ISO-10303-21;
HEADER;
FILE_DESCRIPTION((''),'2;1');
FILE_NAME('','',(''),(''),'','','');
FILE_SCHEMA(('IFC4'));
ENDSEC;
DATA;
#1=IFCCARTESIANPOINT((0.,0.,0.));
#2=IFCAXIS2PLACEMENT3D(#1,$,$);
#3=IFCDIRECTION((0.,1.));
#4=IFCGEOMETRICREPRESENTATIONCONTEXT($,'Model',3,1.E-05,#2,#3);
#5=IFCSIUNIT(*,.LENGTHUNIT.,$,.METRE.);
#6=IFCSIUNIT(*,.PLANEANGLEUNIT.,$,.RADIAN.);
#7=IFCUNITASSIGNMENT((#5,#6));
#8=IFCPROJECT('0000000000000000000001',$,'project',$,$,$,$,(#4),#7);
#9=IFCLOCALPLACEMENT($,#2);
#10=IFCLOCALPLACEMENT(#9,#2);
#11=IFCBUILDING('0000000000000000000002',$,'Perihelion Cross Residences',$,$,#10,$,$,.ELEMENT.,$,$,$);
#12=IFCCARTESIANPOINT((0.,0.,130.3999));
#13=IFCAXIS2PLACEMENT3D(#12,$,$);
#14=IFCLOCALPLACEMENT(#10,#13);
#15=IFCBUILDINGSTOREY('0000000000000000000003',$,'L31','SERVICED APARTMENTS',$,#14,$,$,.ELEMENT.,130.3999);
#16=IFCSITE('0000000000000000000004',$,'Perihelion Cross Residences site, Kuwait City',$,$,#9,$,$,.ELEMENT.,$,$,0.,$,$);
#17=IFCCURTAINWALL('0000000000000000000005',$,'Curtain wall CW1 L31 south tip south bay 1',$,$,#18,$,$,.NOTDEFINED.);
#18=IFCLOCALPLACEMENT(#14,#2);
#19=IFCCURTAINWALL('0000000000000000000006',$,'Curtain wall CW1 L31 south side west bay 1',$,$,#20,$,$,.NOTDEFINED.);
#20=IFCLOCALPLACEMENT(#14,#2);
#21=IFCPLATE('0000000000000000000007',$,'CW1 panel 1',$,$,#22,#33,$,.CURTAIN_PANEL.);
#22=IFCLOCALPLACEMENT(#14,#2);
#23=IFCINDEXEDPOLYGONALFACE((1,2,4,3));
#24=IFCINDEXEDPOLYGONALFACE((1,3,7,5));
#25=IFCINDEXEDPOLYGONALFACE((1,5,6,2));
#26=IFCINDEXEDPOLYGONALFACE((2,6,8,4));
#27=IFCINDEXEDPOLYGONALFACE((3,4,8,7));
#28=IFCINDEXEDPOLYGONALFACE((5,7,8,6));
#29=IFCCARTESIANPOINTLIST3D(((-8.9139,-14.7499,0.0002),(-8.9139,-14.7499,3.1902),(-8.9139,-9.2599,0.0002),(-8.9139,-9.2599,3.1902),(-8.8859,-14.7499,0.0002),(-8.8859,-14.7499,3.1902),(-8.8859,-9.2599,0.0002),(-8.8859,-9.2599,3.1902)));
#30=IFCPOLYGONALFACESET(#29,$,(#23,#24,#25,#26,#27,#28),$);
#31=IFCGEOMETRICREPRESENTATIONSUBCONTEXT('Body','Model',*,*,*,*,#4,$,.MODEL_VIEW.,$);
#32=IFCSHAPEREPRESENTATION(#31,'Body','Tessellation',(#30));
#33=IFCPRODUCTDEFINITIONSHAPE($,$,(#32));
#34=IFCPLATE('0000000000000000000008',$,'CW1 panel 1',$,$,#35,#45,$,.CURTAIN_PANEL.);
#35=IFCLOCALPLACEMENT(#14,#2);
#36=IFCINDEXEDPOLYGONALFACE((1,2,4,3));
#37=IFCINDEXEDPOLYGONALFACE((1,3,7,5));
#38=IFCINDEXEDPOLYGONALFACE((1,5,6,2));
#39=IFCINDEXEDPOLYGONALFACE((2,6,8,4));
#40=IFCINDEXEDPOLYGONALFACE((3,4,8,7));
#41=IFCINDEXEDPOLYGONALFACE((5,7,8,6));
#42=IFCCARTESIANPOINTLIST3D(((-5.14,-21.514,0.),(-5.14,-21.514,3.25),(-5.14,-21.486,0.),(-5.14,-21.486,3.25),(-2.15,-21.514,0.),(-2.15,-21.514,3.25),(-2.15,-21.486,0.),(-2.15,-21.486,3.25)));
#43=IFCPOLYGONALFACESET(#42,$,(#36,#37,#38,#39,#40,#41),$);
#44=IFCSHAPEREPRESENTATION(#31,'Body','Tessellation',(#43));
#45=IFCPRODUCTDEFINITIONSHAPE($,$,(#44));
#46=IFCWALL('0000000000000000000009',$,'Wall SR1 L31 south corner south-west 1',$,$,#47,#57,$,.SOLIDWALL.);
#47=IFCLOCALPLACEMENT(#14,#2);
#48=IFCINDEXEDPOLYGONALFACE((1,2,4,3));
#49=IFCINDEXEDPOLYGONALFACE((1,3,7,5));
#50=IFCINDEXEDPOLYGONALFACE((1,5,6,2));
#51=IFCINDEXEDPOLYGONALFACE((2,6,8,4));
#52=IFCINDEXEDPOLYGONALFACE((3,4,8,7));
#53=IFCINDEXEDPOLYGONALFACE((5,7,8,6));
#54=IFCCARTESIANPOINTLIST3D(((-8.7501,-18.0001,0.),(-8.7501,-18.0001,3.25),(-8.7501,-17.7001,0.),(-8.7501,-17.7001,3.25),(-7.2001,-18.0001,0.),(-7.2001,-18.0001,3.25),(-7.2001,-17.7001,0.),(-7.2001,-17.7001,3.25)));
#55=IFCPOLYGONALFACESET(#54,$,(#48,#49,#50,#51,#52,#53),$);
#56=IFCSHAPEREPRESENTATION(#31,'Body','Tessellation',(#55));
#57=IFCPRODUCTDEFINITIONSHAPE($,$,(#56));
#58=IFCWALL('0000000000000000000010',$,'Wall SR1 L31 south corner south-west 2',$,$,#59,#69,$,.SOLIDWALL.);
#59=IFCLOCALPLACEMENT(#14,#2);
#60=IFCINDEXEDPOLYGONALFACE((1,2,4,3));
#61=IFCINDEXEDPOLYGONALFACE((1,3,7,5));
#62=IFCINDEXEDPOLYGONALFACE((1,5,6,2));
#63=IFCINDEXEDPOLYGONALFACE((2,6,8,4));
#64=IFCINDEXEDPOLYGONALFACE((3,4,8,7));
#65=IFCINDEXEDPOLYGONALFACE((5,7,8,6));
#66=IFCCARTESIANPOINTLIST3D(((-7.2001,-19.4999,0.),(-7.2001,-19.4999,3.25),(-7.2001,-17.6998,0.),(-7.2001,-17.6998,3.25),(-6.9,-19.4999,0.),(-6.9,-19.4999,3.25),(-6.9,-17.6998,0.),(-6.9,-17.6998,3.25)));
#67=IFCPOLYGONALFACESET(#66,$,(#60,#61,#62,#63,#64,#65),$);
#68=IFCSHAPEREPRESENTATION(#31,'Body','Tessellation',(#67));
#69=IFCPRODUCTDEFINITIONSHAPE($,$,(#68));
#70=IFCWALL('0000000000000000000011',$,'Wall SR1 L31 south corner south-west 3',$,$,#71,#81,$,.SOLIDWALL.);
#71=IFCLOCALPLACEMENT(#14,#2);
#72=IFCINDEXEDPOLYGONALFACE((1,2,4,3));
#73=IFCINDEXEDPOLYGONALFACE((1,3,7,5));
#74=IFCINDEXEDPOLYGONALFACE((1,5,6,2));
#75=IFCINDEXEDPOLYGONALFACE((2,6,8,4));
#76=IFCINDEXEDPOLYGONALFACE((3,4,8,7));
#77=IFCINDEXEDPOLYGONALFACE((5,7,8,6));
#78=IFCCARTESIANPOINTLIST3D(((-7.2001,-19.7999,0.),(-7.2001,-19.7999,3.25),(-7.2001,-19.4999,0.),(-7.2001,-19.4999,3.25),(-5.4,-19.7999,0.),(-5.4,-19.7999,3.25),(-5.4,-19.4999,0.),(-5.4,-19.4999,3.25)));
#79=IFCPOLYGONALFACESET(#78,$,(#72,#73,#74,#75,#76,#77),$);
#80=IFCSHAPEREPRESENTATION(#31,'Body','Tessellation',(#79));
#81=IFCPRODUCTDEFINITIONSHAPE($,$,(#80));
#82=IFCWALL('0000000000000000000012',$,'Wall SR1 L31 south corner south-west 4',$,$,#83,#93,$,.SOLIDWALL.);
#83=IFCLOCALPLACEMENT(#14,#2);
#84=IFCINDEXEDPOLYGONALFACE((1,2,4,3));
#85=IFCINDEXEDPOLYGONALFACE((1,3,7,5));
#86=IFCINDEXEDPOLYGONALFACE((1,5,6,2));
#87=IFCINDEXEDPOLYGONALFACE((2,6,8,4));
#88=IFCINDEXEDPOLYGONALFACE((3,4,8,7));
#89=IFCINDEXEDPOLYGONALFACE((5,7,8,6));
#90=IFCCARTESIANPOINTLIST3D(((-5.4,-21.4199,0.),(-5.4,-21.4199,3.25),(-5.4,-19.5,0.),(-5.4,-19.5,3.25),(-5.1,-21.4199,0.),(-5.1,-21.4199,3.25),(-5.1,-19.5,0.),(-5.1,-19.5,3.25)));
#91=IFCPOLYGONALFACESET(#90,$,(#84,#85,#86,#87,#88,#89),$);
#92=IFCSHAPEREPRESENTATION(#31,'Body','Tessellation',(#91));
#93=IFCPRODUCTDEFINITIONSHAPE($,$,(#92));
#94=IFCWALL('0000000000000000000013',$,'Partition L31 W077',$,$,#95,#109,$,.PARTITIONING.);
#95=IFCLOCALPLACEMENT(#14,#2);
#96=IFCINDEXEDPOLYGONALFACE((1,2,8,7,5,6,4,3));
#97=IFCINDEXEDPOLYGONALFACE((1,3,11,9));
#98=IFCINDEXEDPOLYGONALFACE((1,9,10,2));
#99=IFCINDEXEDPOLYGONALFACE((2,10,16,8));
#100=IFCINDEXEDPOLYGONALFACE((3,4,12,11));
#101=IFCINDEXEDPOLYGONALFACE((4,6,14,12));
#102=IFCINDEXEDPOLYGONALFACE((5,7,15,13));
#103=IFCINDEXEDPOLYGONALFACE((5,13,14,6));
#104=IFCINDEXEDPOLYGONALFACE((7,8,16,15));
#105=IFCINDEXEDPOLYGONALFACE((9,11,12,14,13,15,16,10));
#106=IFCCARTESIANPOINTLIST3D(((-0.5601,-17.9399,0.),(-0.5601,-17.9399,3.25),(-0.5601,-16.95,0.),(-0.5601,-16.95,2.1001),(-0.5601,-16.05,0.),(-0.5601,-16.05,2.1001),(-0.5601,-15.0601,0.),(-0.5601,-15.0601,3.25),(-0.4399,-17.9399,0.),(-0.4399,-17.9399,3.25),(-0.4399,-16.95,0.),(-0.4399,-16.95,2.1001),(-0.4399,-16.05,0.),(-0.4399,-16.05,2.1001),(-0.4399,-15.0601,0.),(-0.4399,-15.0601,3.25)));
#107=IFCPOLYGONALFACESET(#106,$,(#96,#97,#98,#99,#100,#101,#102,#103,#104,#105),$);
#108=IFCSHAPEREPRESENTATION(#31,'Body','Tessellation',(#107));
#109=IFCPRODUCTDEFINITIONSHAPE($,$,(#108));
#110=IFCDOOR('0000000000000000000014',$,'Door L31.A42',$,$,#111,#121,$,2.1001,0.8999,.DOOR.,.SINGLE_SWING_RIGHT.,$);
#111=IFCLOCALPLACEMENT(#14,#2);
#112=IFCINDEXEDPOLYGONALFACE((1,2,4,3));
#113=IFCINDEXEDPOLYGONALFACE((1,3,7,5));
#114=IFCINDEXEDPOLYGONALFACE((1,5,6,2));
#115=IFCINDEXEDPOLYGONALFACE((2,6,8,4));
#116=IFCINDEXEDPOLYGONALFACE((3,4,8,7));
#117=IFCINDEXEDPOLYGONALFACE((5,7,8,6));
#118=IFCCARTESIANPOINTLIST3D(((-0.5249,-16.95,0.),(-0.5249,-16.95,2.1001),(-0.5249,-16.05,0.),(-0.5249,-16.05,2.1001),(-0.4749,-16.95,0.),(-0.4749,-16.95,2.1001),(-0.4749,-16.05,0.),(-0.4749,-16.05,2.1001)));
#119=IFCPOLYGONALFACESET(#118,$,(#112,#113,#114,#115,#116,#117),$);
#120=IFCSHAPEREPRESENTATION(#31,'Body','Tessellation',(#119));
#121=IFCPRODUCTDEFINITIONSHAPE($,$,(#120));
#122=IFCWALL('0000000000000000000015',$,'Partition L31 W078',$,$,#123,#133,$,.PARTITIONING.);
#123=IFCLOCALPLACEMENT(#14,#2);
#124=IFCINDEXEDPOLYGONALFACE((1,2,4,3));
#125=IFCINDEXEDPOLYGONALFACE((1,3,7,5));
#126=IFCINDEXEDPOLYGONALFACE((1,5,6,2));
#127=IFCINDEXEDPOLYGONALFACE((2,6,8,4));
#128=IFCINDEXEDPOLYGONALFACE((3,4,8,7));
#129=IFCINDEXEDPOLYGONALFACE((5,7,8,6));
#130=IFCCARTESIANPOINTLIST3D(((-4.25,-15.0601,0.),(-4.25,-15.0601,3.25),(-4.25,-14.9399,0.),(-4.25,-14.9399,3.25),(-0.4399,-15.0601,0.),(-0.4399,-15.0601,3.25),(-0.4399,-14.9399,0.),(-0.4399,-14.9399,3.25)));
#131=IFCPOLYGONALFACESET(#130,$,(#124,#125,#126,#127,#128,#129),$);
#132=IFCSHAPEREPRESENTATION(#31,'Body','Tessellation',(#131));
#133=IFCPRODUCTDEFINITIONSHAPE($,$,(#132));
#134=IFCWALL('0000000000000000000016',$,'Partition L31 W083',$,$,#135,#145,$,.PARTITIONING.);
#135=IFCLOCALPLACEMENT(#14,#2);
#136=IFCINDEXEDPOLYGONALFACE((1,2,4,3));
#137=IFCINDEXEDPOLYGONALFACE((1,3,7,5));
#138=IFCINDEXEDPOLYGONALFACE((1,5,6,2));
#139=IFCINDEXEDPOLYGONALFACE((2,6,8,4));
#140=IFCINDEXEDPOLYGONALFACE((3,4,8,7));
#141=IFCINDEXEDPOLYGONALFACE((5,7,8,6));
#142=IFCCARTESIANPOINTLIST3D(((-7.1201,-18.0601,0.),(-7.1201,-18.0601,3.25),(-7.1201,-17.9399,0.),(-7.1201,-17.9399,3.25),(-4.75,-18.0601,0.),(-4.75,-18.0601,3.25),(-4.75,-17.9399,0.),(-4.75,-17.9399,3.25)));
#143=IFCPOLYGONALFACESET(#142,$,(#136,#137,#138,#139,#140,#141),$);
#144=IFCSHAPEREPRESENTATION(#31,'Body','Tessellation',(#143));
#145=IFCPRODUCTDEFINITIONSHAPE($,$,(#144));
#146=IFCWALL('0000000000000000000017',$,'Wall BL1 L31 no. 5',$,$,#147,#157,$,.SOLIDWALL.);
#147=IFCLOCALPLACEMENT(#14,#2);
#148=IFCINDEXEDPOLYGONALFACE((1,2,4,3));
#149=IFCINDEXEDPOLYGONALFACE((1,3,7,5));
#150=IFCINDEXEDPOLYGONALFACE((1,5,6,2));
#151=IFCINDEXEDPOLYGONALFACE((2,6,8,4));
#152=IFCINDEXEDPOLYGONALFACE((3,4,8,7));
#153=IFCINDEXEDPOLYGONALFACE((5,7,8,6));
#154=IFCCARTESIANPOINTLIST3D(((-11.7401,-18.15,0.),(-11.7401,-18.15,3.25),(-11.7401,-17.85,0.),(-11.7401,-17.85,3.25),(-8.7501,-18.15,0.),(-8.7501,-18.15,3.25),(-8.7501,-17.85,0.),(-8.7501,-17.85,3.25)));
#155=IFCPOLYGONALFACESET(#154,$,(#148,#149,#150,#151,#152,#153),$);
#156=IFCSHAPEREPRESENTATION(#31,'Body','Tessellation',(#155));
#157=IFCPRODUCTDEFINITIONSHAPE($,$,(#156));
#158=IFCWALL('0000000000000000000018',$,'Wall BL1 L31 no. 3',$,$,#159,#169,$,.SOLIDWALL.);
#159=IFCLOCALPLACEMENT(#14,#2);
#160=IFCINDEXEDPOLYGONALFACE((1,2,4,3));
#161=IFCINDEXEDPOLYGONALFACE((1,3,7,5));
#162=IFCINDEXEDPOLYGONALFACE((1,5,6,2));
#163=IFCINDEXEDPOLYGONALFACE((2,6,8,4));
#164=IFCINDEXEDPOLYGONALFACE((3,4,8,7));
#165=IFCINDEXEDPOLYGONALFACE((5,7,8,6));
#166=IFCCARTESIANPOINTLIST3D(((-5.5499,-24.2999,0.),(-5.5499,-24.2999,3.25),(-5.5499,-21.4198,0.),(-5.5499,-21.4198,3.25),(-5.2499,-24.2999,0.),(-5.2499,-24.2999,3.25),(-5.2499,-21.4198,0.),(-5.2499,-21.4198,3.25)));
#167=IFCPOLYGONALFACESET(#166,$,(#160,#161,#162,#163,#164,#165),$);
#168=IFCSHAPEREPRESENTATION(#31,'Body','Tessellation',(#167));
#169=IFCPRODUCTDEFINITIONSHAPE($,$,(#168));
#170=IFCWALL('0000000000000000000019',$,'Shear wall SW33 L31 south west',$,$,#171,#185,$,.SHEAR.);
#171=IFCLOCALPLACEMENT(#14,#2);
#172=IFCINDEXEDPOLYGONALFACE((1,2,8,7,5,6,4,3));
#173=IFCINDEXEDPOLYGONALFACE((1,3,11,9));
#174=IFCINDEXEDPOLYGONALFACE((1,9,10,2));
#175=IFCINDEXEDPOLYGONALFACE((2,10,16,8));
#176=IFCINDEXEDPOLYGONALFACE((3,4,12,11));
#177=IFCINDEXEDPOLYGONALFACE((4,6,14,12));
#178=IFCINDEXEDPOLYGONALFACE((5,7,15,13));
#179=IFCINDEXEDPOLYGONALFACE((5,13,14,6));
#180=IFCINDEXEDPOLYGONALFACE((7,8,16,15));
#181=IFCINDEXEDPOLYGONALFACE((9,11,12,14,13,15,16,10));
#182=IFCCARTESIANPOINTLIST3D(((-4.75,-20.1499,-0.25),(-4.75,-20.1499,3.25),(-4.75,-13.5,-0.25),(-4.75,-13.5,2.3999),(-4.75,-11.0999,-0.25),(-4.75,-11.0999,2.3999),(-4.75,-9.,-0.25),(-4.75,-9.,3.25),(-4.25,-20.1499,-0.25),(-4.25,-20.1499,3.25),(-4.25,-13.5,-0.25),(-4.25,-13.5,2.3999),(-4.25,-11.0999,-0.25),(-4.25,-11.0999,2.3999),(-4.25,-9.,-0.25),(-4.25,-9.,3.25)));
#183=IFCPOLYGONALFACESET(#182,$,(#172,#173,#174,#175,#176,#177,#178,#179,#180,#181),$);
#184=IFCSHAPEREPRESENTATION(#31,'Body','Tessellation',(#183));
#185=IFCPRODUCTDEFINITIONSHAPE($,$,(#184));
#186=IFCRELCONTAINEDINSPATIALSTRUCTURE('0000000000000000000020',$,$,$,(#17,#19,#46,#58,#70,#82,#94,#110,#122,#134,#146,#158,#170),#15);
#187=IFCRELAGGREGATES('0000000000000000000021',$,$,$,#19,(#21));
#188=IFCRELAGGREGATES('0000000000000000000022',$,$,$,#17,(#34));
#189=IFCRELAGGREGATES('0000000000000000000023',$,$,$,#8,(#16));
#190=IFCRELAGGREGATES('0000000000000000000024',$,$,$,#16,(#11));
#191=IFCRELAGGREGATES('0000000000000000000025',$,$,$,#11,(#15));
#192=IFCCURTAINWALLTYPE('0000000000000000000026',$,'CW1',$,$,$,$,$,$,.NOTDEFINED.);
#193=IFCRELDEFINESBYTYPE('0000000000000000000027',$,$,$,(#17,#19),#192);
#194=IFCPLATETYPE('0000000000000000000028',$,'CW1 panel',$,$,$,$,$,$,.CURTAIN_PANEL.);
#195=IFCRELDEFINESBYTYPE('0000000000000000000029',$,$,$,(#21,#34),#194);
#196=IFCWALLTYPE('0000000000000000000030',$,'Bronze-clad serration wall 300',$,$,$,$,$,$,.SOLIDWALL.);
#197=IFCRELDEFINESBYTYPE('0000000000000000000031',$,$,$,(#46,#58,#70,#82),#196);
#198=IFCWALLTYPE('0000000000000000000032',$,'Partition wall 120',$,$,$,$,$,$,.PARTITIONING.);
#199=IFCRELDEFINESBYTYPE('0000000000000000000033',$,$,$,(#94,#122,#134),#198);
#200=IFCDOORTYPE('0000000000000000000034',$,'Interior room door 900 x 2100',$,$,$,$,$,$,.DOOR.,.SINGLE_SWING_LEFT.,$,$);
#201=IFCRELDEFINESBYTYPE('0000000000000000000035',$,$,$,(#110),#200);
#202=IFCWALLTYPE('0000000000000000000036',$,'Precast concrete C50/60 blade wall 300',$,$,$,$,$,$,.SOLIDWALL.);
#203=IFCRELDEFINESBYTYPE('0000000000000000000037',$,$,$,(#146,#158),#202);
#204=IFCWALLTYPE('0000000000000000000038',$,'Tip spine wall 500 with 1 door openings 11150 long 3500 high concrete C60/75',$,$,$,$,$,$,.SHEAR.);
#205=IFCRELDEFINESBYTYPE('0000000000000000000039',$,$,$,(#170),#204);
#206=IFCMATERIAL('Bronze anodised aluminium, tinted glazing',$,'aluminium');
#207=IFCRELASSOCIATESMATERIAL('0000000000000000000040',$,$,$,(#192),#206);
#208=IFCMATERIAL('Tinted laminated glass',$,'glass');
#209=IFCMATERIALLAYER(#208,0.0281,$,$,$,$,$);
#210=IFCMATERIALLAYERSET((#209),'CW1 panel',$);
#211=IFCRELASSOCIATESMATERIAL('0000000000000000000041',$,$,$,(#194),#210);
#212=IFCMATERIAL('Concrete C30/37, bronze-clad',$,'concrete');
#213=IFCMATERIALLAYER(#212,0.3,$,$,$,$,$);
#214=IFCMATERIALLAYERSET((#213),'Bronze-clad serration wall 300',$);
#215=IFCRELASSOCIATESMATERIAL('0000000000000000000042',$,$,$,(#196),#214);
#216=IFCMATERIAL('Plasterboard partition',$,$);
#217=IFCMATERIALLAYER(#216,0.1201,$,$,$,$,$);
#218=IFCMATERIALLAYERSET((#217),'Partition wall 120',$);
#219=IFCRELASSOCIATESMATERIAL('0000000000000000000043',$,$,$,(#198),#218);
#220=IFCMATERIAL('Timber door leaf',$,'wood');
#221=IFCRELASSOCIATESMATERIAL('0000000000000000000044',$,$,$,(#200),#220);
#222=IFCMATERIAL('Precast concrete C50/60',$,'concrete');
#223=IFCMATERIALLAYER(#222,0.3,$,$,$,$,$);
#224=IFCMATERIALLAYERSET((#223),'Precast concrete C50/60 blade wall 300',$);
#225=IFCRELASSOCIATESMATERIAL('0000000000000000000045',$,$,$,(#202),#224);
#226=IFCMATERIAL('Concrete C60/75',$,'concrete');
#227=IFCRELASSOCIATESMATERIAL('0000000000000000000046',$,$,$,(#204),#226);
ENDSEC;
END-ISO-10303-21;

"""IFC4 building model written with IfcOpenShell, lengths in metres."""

from ifc_helpers import new_model, si_unit, direction, frame, frame_2d, origin, origin_2d, place, context, subcontext, project, spatial, polyline, rectangle, outline, extrude, material, layer, layer_set, material_profile, profile_set, type_object, element, fill, aggregate, save


model = new_model("IFC4")

# Units and contexts
model_context = context("Model", 3, precision=1e-05, world=origin(), true_north=direction((0.0, 1.0)))
body_context = subcontext(model_context, "Body", "Model", "MODEL_VIEW")
ifc_project = project(units=[si_unit("LENGTHUNIT", "METRE"), si_unit("PLANEANGLEUNIT", "RADIAN")], contexts=[model_context])

# Site, building, storey
site_placement = place(None, origin())
site = spatial("IfcSite", under=ifc_project, at=site_placement, Name="Perihelion Cross Residences site, Kuwait City", CompositionType="ELEMENT", RefElevation=0.0)
building_placement = place(site_placement, origin())
building = spatial("IfcBuilding", under=site, at=building_placement, Name="Perihelion Cross Residences", CompositionType="ELEMENT")
storey_placement = place(building_placement, frame((0.0, 0.0, 130.3999)))
storey = spatial("IfcBuildingStorey", under=building, at=storey_placement, Name="L31", Description="SERVICED APARTMENTS", CompositionType="ELEMENT", Elevation=130.3999)

# Curtain wall
ifc_material_1 = material(Name="Bronze anodised aluminium, tinted glazing", Category="aluminium")
curtain_wall_type_1 = type_object("IfcCurtainWallType", Name="CW1", PredefinedType="NOTDEFINED", material=ifc_material_1)
curtain_wall_1_placement = place(storey_placement, origin())
curtain_wall_1 = element("IfcCurtainWall", 1, at=curtain_wall_1_placement, inside=storey, type_object=curtain_wall_type_1, Name="Curtain wall CW1 L31 south tip south bay 1", PredefinedType="NOTDEFINED")

# Curtain wall, plate
curtain_wall_2_placement = place(storey_placement, origin())
curtain_wall_2 = element("IfcCurtainWall", 2, at=curtain_wall_2_placement, inside=storey, type_object=curtain_wall_type_1, Name="Curtain wall CW1 L31 south side west bay 1", PredefinedType="NOTDEFINED")
ifc_material_2 = material(Name="Tinted laminated glass", Category="glass")
ifc_layer_1 = layer(ifc_material_2, 0.0281)
ifc_layer_set_1 = layer_set([ifc_layer_1], Name="CW1 panel")
plate_type = type_object("IfcPlateType", Name="CW1 panel", PredefinedType="CURTAIN_PANEL", material=ifc_layer_set_1)
plate_1_placement = place(storey_placement, frame((-8.8999, -12.0049, 0.0002), z_axis=(0.0, 0.0, 1.0), x_axis=(0.0, -1.0, 0.0)))
plate_1 = element("IfcPlate", 3, at=plate_1_placement, type_object=plate_type, Name="CW1 panel 1", PredefinedType="CURTAIN_PANEL", context=body_context, shape_type="SweptSolid", body=[
    extrude(rectangle(XDim=5.49, YDim=0.0281, at=origin_2d()), origin(), (0.0, 0.0, 1.0), 3.1899),
])
aggregate(curtain_wall_2, [plate_1])

# Plate
plate_2_placement = place(storey_placement, frame((-3.645, -21.5, 0.0), z_axis=(0.0, 0.0, 1.0), x_axis=(1.0, 0.0, 0.0)))
plate_2 = element("IfcPlate", 4, at=plate_2_placement, type_object=plate_type, Name="CW1 panel 1", PredefinedType="CURTAIN_PANEL", context=body_context, shape_type="SweptSolid", body=[
    extrude(rectangle(XDim=2.99, YDim=0.0281, at=origin_2d()), origin(), (0.0, 0.0, 1.0), 3.25),
])
aggregate(curtain_wall_1, [plate_2])

# Walls
ifc_material_3 = material(Name="Concrete C30/37, bronze-clad", Category="concrete")
ifc_layer_2 = layer(ifc_material_3, 0.3)
ifc_layer_set_2 = layer_set([ifc_layer_2], Name="Bronze-clad serration wall 300")
wall_type_1 = type_object("IfcWallType", Name="Bronze-clad serration wall 300", PredefinedType="SOLIDWALL", material=ifc_layer_set_2)
wall_1_placement = place(storey_placement, frame((-8.75, -17.8501, 0.0), z_axis=(0.0, 0.0, 1.0), x_axis=(1.0, 0.0, 0.0)))
element("IfcWall", 5, at=wall_1_placement, inside=storey, type_object=wall_type_1, Name="Wall SR1 L31 south corner south-west 1", PredefinedType="SOLIDWALL", context=body_context, shape_type="SweptSolid", body=[
    extrude(rectangle(XDim=1.55, YDim=0.3, at=frame_2d((0.7749, 0.0))), origin(), (0.0, 0.0, 1.0), 3.25),
])
for number, where, z_axis, x_axis, name in (
    (6, (-7.05, -17.7, 0.0), (0.0, 0.0, 1.0), (0.0, -1.0, 0.0), "Wall SR1 L31 south corner south-west 2"),
    (7, (-7.2, -19.6499, 0.0), (0.0, 0.0, 1.0), (1.0, 0.0, 0.0), "Wall SR1 L31 south corner south-west 3"),
):
    element("IfcWall", number, at=place(storey_placement, frame(where, z_axis=z_axis, x_axis=x_axis)), inside=storey, type_object=wall_type_1, Name=name, PredefinedType="SOLIDWALL", context=body_context, shape_type="SweptSolid", body=[
        extrude(rectangle(XDim=1.8, YDim=0.3, at=frame_2d((0.8999, 0.0))), origin(), (0.0, 0.0, 1.0), 3.25),
    ])
wall_2_placement = place(storey_placement, frame((-5.25, -19.5, 0.0), z_axis=(0.0, 0.0, 1.0), x_axis=(0.0, -1.0, 0.0)))
element("IfcWall", 8, at=wall_2_placement, inside=storey, type_object=wall_type_1, Name="Wall SR1 L31 south corner south-west 4", PredefinedType="SOLIDWALL", context=body_context, shape_type="SweptSolid", body=[
    extrude(rectangle(XDim=1.9199, YDim=0.3, at=frame_2d((0.96, 0.0))), origin(), (0.0, 0.0, 1.0), 3.25),
])

# Wall, opening, door
ifc_material_4 = material(Name="Plasterboard partition")
ifc_layer_3 = layer(ifc_material_4, 0.1201)
ifc_layer_set_3 = layer_set([ifc_layer_3], Name="Partition wall 120")
wall_type_2 = type_object("IfcWallType", Name="Partition wall 120", PredefinedType="PARTITIONING", material=ifc_layer_set_3)
wall_3_placement = place(storey_placement, frame((-0.5, -17.9399, 0.0), z_axis=(0.0, 0.0, 1.0), x_axis=(0.0, 1.0, 0.0)))
wall_3 = element("IfcWall", 9, at=wall_3_placement, inside=storey, type_object=wall_type_2, Name="Partition L31 W077", PredefinedType="PARTITIONING", context=body_context, shape_type="SweptSolid", body=[
    extrude(rectangle(XDim=2.8799, YDim=0.1201, at=frame_2d((1.4399, 0.0))), origin(), (0.0, 0.0, 1.0), 3.25),
])
opening_1_placement = place(wall_3_placement, frame((0.99, 0.0, 0.0)))
opening_1 = element("IfcOpeningElement", 10, at=opening_1_placement, cuts=wall_3, PredefinedType="OPENING", context=body_context, shape_type="SweptSolid", body=[
    extrude(rectangle(XDim=0.8999, YDim=2.1001, at=frame_2d((0.45, 1.05))), frame((0.0, 0.0701, 0.0), z_axis=(0.0, -1.0, 0.0), x_axis=(1.0, 0.0, 0.0)), (0.0, 0.0, 1.0), 0.1401),
])
ifc_material_5 = material(Name="Timber door leaf", Category="wood")
door_type_1 = type_object("IfcDoorType", Name="Interior room door 900 x 2100", OperationType="SINGLE_SWING_LEFT", PredefinedType="DOOR", material=ifc_material_5)
door_1_placement = place(opening_1_placement, origin())
door_1 = element("IfcDoor", 11, at=door_1_placement, inside=storey, type_object=door_type_1, Name="Door L31.A42", OperationType="SINGLE_SWING_RIGHT", OverallHeight=2.1001, OverallWidth=0.8999, PredefinedType="DOOR", context=body_context, shape_type="SweptSolid", body=[
    extrude(rectangle(XDim=0.8999, YDim=2.1001, at=frame_2d((0.45, 1.05))), frame((0.0, 0.0249, 0.0), z_axis=(0.0, -1.0, 0.0), x_axis=(1.0, 0.0, 0.0)), (0.0, 0.0, 1.0), 0.05),
])
fill(opening_1, door_1)

# Walls
wall_4_placement = place(storey_placement, frame((-0.4399, -15.0, 0.0), z_axis=(0.0, 0.0, 1.0), x_axis=(-1.0, 0.0, 0.0)))
element("IfcWall", 12, at=wall_4_placement, inside=storey, type_object=wall_type_2, Name="Partition L31 W078", PredefinedType="PARTITIONING", context=body_context, shape_type="SweptSolid", body=[
    extrude(rectangle(XDim=3.8101, YDim=0.1201, at=frame_2d((1.905, 0.0))), origin(), (0.0, 0.0, 1.0), 3.25),
])
wall_5_placement = place(storey_placement, frame((-4.75, -18.0, 0.0), z_axis=(0.0, 0.0, 1.0), x_axis=(-1.0, 0.0, 0.0)))
element("IfcWall", 13, at=wall_5_placement, inside=storey, type_object=wall_type_2, Name="Partition L31 W083", PredefinedType="PARTITIONING", context=body_context, shape_type="SweptSolid", body=[
    extrude(rectangle(XDim=2.3701, YDim=0.1201, at=frame_2d((1.1851, 0.0))), origin(), (0.0, 0.0, 1.0), 3.25),
])
ifc_material_6 = material(Name="Precast concrete C50/60", Category="concrete")
ifc_layer_4 = layer(ifc_material_6, 0.3)
ifc_layer_set_4 = layer_set([ifc_layer_4], Name="Precast concrete C50/60 blade wall 300")
wall_type_3 = type_object("IfcWallType", Name="Precast concrete C50/60 blade wall 300", PredefinedType="SOLIDWALL", material=ifc_layer_set_4)
wall_6_placement = place(storey_placement, frame((-8.75, -18.0, 0.0), z_axis=(0.0, 0.0, 1.0), x_axis=(-1.0, 0.0, 0.0)))
element("IfcWall", 14, at=wall_6_placement, inside=storey, type_object=wall_type_3, Name="Wall BL1 L31 no. 5", PredefinedType="SOLIDWALL", context=body_context, shape_type="SweptSolid", body=[
    extrude(rectangle(XDim=2.99, YDim=0.3, at=frame_2d((1.4951, 0.0))), origin(), (0.0, 0.0, 1.0), 3.25),
])
wall_7_placement = place(storey_placement, frame((-5.3999, -21.4199, 0.0), z_axis=(0.0, 0.0, 1.0), x_axis=(0.0, -1.0, 0.0)))
element("IfcWall", 15, at=wall_7_placement, inside=storey, type_object=wall_type_3, Name="Wall BL1 L31 no. 3", PredefinedType="SOLIDWALL", context=body_context, shape_type="SweptSolid", body=[
    extrude(rectangle(XDim=2.8801, YDim=0.3, at=frame_2d((1.4399, 0.0))), origin(), (0.0, 0.0, 1.0), 3.25),
])
ifc_material_7 = material(Name="Concrete C60/75", Category="concrete")
ifc_material_profile_1 = material_profile(ifc_material_7, outline(polyline([(0.0, 0.0), (6.6499, 0.0), (6.6499, 2.6499), (9.05, 2.6499), (9.05, 0.0), (11.1499, 0.0), (11.1499, 3.5), (0.0, 3.5), (0.0, 0.0)])), Name="Tip spine wall")
ifc_profile_set_1 = profile_set([ifc_material_profile_1], Name="Concrete C60/75")
wall_type_4 = type_object("IfcWallType", Name="Tip spine wall 500 with 1 door openings 11150 long 3500 high concrete C60/75", PredefinedType="SHEAR", material=ifc_profile_set_1)
wall_8_placement = place(storey_placement, frame((-4.75, -20.1499, -0.25), z_axis=(1.0, 0.0, 0.0), x_axis=(0.0, 1.0, 0.0)))
element("IfcWall", 16, at=wall_8_placement, inside=storey, type_object=wall_type_4, Name="Shear wall SW33 L31 south west", PredefinedType="SHEAR", context=body_context, shape_type="SweptSolid", body=[
    extrude(outline(polyline([(0.0, 0.0), (6.6499, 0.0), (6.6499, 2.6499), (9.05, 2.6499), (9.05, 0.0), (11.1499, 0.0), (11.1499, 3.5), (0.0, 3.5), (0.0, 0.0)])), origin(), (0.0, 0.0, 1.0), 0.5),
])

save(model, "model.ifc")
